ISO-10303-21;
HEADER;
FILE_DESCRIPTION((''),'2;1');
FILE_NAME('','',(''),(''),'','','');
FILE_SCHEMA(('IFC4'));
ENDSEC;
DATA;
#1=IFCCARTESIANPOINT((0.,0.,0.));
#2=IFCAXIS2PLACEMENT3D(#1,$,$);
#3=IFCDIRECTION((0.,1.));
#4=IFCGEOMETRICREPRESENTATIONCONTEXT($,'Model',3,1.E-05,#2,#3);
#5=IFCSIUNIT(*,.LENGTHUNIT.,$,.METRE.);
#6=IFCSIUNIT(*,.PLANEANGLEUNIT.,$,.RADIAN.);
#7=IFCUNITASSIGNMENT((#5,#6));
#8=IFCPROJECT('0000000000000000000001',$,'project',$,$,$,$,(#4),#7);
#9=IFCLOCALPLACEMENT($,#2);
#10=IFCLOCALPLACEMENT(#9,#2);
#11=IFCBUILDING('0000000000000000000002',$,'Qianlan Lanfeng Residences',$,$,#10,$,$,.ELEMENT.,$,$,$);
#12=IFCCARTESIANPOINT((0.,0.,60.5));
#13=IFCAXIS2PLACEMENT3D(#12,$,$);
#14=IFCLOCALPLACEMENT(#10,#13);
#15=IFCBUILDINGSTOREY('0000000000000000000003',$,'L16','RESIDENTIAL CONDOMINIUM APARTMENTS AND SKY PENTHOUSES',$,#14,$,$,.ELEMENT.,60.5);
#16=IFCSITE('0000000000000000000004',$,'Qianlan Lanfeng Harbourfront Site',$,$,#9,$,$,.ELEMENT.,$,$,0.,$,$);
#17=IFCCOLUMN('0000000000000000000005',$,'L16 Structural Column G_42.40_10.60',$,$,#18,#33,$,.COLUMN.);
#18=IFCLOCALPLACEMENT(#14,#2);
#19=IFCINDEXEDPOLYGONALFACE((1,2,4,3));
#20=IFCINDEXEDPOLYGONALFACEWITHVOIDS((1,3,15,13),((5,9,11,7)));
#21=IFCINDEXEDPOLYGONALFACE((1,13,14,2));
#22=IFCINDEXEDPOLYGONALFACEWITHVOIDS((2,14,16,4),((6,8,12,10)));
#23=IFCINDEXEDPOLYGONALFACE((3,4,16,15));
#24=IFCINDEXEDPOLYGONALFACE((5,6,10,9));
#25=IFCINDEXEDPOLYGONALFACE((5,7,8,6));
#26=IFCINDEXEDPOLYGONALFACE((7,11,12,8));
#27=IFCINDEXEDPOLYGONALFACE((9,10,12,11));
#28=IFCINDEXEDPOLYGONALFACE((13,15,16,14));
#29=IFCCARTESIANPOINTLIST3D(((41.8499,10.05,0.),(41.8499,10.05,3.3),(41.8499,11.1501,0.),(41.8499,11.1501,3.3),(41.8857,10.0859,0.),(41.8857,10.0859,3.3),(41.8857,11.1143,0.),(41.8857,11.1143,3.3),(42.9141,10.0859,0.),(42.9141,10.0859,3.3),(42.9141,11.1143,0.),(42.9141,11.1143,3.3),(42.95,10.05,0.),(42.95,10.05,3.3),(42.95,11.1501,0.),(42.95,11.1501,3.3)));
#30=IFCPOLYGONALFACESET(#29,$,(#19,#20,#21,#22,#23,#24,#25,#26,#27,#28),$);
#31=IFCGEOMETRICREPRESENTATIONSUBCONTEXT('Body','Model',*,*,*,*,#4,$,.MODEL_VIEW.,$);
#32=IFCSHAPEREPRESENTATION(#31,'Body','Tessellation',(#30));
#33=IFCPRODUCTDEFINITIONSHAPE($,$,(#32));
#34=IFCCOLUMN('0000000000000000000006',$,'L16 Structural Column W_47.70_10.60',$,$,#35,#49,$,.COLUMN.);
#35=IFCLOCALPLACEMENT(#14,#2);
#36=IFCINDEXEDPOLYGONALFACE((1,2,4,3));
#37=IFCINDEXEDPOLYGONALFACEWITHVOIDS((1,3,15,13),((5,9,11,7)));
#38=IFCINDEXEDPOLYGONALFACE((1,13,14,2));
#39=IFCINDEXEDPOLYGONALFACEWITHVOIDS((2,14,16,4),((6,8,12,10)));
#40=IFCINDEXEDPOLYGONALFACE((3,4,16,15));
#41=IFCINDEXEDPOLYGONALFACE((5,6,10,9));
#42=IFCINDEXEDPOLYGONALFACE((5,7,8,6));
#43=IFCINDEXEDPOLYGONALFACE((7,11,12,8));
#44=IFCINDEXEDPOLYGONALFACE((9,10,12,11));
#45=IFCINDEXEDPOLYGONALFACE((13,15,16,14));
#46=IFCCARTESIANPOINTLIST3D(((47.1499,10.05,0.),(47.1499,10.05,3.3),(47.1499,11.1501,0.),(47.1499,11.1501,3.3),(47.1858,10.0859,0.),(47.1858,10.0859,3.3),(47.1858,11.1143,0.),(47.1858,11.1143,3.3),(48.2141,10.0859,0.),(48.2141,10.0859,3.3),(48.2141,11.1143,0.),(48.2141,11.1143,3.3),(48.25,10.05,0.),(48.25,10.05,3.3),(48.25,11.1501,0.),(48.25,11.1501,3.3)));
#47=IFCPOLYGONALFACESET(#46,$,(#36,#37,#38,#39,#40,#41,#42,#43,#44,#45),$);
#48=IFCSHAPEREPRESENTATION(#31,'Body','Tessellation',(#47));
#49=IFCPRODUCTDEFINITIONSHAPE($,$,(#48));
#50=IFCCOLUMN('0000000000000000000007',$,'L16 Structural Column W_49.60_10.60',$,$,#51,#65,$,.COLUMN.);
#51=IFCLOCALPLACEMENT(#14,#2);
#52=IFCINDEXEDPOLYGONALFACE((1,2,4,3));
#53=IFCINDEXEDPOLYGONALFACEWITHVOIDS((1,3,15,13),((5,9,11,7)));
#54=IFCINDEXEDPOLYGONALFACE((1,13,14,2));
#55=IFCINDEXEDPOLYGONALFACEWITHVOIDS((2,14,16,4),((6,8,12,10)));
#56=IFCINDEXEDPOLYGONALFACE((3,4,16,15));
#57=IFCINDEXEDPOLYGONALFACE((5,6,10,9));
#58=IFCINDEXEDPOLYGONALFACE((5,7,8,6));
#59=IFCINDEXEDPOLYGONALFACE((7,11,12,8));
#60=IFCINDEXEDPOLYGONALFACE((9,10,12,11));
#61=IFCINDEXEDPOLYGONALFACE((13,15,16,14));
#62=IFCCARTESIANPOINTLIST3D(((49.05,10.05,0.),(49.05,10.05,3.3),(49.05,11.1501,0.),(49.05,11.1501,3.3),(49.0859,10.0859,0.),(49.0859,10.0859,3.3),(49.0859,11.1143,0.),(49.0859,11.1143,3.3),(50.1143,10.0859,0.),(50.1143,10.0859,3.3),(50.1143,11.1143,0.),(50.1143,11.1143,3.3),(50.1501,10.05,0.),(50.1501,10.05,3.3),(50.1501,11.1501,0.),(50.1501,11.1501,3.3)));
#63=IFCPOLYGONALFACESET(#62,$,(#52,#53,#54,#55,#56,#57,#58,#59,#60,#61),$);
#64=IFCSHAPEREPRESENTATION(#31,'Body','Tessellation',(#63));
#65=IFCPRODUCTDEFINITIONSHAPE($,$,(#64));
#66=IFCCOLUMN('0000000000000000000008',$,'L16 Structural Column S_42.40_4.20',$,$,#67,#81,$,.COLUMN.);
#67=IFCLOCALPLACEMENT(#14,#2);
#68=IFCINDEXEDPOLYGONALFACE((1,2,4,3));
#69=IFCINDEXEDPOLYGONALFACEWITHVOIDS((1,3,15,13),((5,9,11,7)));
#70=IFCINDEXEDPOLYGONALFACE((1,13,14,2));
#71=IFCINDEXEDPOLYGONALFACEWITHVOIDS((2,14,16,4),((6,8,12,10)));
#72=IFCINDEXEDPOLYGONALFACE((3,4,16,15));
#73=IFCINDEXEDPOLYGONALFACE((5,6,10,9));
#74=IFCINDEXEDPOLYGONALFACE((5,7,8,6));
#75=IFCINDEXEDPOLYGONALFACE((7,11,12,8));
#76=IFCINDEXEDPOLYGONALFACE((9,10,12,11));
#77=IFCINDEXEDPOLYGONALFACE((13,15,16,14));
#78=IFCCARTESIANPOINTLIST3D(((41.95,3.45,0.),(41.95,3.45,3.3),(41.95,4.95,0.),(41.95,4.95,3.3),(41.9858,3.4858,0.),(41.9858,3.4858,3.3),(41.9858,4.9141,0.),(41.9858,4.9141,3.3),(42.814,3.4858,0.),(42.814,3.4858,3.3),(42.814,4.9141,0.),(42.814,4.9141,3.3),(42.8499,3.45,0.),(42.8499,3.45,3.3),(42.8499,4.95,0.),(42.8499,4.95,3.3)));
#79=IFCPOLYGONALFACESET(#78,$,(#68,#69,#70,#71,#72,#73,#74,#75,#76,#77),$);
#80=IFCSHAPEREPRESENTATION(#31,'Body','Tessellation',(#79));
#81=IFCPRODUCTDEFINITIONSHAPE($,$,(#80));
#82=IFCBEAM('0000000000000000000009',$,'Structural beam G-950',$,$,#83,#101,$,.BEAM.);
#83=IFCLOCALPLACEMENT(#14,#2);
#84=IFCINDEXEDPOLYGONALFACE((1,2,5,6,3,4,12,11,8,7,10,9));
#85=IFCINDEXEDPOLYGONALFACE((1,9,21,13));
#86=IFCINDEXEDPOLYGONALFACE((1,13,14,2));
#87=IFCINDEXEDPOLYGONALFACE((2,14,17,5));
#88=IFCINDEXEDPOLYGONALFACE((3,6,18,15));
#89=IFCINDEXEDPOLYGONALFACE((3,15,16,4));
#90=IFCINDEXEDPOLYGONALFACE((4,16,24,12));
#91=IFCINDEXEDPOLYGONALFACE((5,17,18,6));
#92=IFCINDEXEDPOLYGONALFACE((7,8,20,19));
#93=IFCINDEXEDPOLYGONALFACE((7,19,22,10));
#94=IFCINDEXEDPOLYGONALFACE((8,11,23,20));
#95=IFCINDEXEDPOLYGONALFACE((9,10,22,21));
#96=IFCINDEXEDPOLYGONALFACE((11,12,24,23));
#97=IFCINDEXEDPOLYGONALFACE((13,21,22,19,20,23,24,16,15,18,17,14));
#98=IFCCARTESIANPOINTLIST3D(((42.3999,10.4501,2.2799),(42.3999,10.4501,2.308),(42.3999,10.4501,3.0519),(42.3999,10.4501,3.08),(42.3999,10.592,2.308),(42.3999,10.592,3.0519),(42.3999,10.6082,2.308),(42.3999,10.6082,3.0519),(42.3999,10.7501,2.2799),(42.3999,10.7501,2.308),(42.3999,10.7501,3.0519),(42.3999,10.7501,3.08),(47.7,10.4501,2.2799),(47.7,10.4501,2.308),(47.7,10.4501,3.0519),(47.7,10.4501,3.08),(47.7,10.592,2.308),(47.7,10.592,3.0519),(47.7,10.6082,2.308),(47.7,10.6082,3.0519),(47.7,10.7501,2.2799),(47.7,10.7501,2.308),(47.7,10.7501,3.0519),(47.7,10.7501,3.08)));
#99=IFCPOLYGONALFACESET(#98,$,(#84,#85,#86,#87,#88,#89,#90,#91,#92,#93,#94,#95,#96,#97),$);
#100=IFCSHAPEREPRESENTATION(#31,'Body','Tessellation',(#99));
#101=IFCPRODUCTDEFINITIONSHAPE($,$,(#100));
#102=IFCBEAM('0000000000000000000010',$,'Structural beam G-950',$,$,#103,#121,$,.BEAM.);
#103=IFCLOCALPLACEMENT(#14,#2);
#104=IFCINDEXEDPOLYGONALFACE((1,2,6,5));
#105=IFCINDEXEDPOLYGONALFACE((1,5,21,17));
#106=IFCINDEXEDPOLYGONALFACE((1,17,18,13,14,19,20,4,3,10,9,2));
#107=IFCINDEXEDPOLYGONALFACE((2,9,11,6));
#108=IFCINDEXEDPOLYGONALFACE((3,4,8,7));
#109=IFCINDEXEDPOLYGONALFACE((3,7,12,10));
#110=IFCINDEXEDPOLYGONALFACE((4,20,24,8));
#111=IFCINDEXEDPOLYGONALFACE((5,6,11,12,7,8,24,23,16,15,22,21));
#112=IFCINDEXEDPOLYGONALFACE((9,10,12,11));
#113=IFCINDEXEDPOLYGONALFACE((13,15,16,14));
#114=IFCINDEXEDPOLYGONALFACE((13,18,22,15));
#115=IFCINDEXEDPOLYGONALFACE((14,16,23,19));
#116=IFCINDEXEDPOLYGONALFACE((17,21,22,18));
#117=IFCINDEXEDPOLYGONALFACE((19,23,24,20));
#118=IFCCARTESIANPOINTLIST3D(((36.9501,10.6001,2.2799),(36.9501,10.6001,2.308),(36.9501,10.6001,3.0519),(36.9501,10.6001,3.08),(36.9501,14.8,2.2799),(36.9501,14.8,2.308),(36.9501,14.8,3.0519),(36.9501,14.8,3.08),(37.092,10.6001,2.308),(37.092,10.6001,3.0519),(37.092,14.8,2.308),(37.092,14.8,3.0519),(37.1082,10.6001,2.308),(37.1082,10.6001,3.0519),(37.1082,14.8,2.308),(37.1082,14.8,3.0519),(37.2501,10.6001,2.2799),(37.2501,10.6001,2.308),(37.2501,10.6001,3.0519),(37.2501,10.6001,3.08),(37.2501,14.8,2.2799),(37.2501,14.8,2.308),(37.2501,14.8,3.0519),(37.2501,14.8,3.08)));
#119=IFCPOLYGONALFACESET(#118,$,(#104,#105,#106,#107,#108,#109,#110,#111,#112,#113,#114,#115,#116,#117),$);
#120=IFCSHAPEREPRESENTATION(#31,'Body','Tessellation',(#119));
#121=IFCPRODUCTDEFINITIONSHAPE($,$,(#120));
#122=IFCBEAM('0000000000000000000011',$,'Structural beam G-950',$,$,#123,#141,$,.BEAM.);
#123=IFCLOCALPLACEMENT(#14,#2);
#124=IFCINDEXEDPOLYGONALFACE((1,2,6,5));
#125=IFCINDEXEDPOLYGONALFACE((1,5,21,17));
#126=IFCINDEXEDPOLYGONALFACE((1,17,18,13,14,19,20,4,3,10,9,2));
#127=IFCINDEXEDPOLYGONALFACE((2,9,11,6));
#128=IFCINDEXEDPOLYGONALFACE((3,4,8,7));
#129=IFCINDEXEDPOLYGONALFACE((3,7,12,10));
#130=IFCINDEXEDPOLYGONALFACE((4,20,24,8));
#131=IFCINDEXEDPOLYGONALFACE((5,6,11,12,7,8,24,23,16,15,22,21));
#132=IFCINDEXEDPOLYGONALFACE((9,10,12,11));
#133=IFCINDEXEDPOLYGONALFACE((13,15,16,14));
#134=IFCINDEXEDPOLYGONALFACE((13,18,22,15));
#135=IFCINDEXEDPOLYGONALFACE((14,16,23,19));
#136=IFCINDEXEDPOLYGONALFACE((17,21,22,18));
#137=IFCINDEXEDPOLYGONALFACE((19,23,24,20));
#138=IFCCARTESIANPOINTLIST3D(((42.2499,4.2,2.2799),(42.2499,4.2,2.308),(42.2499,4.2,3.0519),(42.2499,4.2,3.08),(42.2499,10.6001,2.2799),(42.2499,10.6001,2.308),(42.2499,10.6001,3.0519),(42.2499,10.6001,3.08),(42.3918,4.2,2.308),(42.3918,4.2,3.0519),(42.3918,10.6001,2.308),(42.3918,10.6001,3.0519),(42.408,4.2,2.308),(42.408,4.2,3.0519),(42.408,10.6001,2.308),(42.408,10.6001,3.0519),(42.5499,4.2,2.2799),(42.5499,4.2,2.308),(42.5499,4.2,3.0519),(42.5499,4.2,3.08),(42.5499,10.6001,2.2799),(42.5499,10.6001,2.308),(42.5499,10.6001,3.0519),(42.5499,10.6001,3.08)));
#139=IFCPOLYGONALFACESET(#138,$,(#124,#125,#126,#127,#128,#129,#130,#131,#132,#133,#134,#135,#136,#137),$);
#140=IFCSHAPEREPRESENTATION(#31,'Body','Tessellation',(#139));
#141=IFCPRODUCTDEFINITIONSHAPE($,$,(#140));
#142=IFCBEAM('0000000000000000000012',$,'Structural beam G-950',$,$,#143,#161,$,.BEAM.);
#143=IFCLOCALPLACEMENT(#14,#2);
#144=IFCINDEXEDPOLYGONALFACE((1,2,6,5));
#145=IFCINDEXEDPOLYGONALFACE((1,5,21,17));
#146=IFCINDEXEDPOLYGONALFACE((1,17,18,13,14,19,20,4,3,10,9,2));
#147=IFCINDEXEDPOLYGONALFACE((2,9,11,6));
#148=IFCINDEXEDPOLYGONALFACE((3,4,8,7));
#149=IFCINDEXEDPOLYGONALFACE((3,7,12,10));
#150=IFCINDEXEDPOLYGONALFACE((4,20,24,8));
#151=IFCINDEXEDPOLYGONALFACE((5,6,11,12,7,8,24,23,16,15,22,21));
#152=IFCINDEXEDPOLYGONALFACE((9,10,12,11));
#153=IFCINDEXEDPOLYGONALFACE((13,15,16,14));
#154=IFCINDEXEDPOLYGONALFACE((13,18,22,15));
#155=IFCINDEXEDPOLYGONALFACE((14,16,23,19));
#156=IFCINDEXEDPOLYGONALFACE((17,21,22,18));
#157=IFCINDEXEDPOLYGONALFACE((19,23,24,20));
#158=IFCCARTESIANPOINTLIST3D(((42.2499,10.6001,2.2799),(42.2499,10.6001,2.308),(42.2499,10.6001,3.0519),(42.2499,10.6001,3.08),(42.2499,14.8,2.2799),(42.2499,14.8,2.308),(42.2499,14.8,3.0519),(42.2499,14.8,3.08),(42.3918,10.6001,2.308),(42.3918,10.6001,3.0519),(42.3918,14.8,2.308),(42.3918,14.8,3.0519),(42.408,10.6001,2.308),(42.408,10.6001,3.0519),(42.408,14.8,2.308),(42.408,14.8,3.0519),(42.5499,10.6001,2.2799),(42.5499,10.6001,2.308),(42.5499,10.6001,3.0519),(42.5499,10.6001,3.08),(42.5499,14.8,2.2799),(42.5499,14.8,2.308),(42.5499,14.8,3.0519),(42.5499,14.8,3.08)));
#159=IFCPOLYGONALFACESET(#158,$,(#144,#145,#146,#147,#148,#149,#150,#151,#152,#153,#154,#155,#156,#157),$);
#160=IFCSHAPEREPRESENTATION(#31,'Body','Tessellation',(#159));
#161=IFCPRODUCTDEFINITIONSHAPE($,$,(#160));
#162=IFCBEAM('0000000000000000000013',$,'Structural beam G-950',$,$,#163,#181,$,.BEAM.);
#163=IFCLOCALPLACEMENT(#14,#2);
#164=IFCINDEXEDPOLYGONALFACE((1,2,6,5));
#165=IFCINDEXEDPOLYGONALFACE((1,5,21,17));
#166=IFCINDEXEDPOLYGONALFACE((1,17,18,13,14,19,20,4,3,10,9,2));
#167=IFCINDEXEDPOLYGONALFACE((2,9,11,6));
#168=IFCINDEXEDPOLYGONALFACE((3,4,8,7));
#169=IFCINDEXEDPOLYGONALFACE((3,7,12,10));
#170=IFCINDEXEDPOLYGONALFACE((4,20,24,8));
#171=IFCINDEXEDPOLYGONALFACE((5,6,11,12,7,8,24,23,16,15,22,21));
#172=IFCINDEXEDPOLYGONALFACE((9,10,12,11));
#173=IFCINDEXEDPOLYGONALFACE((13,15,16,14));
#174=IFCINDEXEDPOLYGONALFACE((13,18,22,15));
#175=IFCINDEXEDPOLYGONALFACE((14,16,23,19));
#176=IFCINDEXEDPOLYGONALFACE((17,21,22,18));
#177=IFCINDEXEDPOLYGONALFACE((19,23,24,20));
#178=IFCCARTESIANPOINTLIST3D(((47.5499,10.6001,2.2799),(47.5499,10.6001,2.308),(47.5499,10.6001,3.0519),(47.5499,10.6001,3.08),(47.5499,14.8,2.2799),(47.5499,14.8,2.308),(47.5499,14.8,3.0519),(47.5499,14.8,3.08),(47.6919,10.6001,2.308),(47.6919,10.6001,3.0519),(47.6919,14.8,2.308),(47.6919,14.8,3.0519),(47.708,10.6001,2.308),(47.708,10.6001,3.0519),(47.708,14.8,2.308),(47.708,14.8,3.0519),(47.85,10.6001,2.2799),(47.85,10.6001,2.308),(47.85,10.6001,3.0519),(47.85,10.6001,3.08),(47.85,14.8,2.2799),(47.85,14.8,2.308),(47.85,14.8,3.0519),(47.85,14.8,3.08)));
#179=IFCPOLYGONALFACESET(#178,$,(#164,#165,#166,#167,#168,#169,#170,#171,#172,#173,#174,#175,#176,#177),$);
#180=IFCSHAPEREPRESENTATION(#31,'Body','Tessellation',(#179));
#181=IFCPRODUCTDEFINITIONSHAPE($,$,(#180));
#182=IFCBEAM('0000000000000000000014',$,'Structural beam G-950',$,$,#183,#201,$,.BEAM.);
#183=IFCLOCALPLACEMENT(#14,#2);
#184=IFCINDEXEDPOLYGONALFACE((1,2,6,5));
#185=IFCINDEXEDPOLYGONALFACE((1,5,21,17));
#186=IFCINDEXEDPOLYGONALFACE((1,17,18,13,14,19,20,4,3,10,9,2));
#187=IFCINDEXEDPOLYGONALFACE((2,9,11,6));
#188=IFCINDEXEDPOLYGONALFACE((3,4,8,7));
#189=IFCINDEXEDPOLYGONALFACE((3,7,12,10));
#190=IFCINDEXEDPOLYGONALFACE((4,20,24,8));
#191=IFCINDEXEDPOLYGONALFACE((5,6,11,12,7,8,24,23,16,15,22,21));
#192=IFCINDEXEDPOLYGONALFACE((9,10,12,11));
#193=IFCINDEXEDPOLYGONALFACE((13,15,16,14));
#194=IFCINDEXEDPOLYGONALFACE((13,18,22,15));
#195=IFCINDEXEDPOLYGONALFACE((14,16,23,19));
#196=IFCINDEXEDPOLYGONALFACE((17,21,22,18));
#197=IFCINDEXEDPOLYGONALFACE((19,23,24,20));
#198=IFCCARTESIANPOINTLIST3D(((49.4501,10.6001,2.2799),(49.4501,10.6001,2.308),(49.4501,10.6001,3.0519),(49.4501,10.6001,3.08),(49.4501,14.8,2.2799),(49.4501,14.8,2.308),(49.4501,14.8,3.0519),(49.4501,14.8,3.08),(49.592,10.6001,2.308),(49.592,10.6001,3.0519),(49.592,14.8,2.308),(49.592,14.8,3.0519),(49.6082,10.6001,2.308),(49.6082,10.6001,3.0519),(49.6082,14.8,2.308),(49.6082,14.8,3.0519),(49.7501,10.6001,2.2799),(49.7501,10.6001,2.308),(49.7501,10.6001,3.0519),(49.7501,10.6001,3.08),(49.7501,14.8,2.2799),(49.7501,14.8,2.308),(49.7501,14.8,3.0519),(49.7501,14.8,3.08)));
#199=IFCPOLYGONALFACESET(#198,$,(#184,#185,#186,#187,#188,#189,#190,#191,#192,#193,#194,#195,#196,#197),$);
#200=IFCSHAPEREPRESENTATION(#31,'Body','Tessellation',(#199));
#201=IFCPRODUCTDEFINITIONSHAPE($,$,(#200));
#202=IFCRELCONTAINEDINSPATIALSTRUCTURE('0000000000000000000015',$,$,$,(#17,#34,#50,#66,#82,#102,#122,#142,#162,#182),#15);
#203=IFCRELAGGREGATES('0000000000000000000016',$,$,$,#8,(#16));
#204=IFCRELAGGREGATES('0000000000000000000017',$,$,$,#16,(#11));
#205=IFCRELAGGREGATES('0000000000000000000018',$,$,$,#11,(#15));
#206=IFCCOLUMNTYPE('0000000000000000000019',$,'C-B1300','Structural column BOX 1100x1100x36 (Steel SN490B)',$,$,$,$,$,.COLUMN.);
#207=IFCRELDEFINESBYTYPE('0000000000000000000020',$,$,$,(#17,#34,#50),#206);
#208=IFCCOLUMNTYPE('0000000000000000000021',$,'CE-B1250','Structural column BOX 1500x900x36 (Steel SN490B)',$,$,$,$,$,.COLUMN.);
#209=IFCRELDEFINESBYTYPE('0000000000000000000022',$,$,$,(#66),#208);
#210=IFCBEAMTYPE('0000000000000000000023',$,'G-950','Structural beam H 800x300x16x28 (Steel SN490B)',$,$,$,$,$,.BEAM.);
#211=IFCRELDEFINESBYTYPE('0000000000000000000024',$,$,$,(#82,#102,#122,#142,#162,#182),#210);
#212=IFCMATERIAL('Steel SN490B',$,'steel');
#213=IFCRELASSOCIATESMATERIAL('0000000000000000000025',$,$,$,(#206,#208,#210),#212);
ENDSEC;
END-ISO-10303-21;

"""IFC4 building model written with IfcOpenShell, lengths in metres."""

from ifc_helpers import new_model, si_unit, direction, frame, origin, origin_2d, place, context, subcontext, project, spatial, hollow_rectangle, i_section, extrude, material, material_profile, profile_set, type_object, element, save


model = new_model("IFC4")

# Units and contexts
model_context = context("Model", 3, precision=1e-05, world=origin(), true_north=direction((0.0, 1.0)))
body_context = subcontext(model_context, "Body", "Model", "MODEL_VIEW")
ifc_project = project(units=[si_unit("LENGTHUNIT", "METRE"), si_unit("PLANEANGLEUNIT", "RADIAN")], contexts=[model_context])

# Site, building, storey
site_placement = place(None, origin())
site = spatial("IfcSite", under=ifc_project, at=site_placement, Name="Qianlan Lanfeng Harbourfront Site", CompositionType="ELEMENT", RefElevation=0.0)
building_placement = place(site_placement, origin())
building = spatial("IfcBuilding", under=site, at=building_placement, Name="Qianlan Lanfeng Residences", CompositionType="ELEMENT")
storey_placement = place(building_placement, frame((0.0, 0.0, 60.5)))
storey = spatial("IfcBuildingStorey", under=building, at=storey_placement, Name="L16", Description="RESIDENTIAL CONDOMINIUM APARTMENTS AND SKY PENTHOUSES", CompositionType="ELEMENT", Elevation=60.5)

# Columns
ifc_material_1 = material(Name="Steel SN490B", Category="steel")
ifc_material_profile_1 = material_profile(ifc_material_1, hollow_rectangle(XDim=1.1001, YDim=1.1001, WallThickness=0.0359, at=origin_2d()), Name="BOX 1100x1100x36")
ifc_profile_set_1 = profile_set([ifc_material_profile_1], Name="Steel SN490B")
column_type_1 = type_object("IfcColumnType", Name="C-B1300", Description="Structural column BOX 1100x1100x36 (Steel SN490B)", PredefinedType="COLUMN", material=ifc_profile_set_1)
for number, where, z_axis, x_axis, name in (
    (1, (42.3999, 10.6001, 0.0), (0.0, 0.0, 1.0), (1.0, 0.0, 0.0), "L16 Structural Column G_42.40_10.60"),
    (2, (47.7, 10.6001, 0.0), (0.0, 0.0, 1.0), (1.0, 0.0, 0.0), "L16 Structural Column W_47.70_10.60"),
    (3, (49.6001, 10.6001, 0.0), (0.0, 0.0, 1.0), (1.0, 0.0, 0.0), "L16 Structural Column W_49.60_10.60"),
):
    element("IfcColumn", number, at=place(storey_placement, frame(where, z_axis=z_axis, x_axis=x_axis)), inside=storey, type_object=column_type_1, Name=name, PredefinedType="COLUMN", context=body_context, shape_type="SweptSolid", body=[
        extrude(hollow_rectangle(XDim=1.1001, YDim=1.1001, WallThickness=0.0359, at=origin_2d()), origin(), (0.0, 0.0, 1.0), 3.3),
    ])
ifc_material_profile_2 = material_profile(ifc_material_1, hollow_rectangle(XDim=0.8999, YDim=1.5, WallThickness=0.0359, at=origin_2d()), Name="BOX 1500x900x36")
ifc_profile_set_2 = profile_set([ifc_material_profile_2], Name="Steel SN490B")
column_type_2 = type_object("IfcColumnType", Name="CE-B1250", Description="Structural column BOX 1500x900x36 (Steel SN490B)", PredefinedType="COLUMN", material=ifc_profile_set_2)
column_placement = place(storey_placement, frame((42.3999, 4.2, 0.0), z_axis=(0.0, 0.0, 1.0), x_axis=(1.0, 0.0, 0.0)))
element("IfcColumn", 4, at=column_placement, inside=storey, type_object=column_type_2, Name="L16 Structural Column S_42.40_4.20", PredefinedType="COLUMN", context=body_context, shape_type="SweptSolid", body=[
    extrude(hollow_rectangle(XDim=0.8999, YDim=1.5, WallThickness=0.0359, at=origin_2d()), origin(), (0.0, 0.0, 1.0), 3.3),
])

# Beams
ifc_material_profile_3 = material_profile(ifc_material_1, i_section(OverallWidth=0.3, OverallDepth=0.8, WebThickness=0.0161, FlangeThickness=0.0281, at=origin_2d()), Name="H 800x300x16x28")
ifc_profile_set_3 = profile_set([ifc_material_profile_3], Name="Steel SN490B")
beam_type_1 = type_object("IfcBeamType", Name="G-950", Description="Structural beam H 800x300x16x28 (Steel SN490B)", PredefinedType="BEAM", material=ifc_profile_set_3)
beam_1_placement = place(storey_placement, frame((42.3999, 10.6001, 2.6799), z_axis=(1.0, 0.0, 0.0), x_axis=(0.0, 1.0, 0.0)))
element("IfcBeam", 5, at=beam_1_placement, inside=storey, type_object=beam_type_1, Name="Structural beam G-950", PredefinedType="BEAM", context=body_context, shape_type="SweptSolid", body=[
    extrude(i_section(OverallWidth=0.3, OverallDepth=0.8, WebThickness=0.0161, FlangeThickness=0.0281, at=origin_2d()), origin(), (0.0, 0.0, 1.0), 5.3),
])
beam_2_placement = place(storey_placement, frame((37.1001, 10.6001, 2.6799), z_axis=(0.0, 1.0, 0.0), x_axis=(-1.0, 0.0, 0.0)))
element("IfcBeam", 6, at=beam_2_placement, inside=storey, type_object=beam_type_1, Name="Structural beam G-950", PredefinedType="BEAM", context=body_context, shape_type="SweptSolid", body=[
    extrude(i_section(OverallWidth=0.3, OverallDepth=0.8, WebThickness=0.0161, FlangeThickness=0.0281, at=origin_2d()), origin(), (0.0, 0.0, 1.0), 4.2),
])
beam_3_placement = place(storey_placement, frame((42.3999, 4.2, 2.6799), z_axis=(0.0, 1.0, 0.0), x_axis=(-1.0, 0.0, 0.0)))
element("IfcBeam", 7, at=beam_3_placement, inside=storey, type_object=beam_type_1, Name="Structural beam G-950", PredefinedType="BEAM", context=body_context, shape_type="SweptSolid", body=[
    extrude(i_section(OverallWidth=0.3, OverallDepth=0.8, WebThickness=0.0161, FlangeThickness=0.0281, at=origin_2d()), origin(), (0.0, 0.0, 1.0), 6.4001),
])
for number, where, z_axis, x_axis, name in (
    (8, (42.3999, 10.6001, 2.6799), (0.0, 1.0, 0.0), (-1.0, 0.0, 0.0), "Structural beam G-950"),
    (9, (47.7, 10.6001, 2.6799), (0.0, 1.0, 0.0), (-1.0, 0.0, 0.0), "Structural beam G-950"),
    (10, (49.6001, 10.6001, 2.6799), (0.0, 1.0, 0.0), (-1.0, 0.0, 0.0), "Structural beam G-950"),
):
    element("IfcBeam", number, at=place(storey_placement, frame(where, z_axis=z_axis, x_axis=x_axis)), inside=storey, type_object=beam_type_1, Name=name, PredefinedType="BEAM", context=body_context, shape_type="SweptSolid", body=[
        extrude(i_section(OverallWidth=0.3, OverallDepth=0.8, WebThickness=0.0161, FlangeThickness=0.0281, at=origin_2d()), origin(), (0.0, 0.0, 1.0), 4.2),
    ])

save(model, "model.ifc")
